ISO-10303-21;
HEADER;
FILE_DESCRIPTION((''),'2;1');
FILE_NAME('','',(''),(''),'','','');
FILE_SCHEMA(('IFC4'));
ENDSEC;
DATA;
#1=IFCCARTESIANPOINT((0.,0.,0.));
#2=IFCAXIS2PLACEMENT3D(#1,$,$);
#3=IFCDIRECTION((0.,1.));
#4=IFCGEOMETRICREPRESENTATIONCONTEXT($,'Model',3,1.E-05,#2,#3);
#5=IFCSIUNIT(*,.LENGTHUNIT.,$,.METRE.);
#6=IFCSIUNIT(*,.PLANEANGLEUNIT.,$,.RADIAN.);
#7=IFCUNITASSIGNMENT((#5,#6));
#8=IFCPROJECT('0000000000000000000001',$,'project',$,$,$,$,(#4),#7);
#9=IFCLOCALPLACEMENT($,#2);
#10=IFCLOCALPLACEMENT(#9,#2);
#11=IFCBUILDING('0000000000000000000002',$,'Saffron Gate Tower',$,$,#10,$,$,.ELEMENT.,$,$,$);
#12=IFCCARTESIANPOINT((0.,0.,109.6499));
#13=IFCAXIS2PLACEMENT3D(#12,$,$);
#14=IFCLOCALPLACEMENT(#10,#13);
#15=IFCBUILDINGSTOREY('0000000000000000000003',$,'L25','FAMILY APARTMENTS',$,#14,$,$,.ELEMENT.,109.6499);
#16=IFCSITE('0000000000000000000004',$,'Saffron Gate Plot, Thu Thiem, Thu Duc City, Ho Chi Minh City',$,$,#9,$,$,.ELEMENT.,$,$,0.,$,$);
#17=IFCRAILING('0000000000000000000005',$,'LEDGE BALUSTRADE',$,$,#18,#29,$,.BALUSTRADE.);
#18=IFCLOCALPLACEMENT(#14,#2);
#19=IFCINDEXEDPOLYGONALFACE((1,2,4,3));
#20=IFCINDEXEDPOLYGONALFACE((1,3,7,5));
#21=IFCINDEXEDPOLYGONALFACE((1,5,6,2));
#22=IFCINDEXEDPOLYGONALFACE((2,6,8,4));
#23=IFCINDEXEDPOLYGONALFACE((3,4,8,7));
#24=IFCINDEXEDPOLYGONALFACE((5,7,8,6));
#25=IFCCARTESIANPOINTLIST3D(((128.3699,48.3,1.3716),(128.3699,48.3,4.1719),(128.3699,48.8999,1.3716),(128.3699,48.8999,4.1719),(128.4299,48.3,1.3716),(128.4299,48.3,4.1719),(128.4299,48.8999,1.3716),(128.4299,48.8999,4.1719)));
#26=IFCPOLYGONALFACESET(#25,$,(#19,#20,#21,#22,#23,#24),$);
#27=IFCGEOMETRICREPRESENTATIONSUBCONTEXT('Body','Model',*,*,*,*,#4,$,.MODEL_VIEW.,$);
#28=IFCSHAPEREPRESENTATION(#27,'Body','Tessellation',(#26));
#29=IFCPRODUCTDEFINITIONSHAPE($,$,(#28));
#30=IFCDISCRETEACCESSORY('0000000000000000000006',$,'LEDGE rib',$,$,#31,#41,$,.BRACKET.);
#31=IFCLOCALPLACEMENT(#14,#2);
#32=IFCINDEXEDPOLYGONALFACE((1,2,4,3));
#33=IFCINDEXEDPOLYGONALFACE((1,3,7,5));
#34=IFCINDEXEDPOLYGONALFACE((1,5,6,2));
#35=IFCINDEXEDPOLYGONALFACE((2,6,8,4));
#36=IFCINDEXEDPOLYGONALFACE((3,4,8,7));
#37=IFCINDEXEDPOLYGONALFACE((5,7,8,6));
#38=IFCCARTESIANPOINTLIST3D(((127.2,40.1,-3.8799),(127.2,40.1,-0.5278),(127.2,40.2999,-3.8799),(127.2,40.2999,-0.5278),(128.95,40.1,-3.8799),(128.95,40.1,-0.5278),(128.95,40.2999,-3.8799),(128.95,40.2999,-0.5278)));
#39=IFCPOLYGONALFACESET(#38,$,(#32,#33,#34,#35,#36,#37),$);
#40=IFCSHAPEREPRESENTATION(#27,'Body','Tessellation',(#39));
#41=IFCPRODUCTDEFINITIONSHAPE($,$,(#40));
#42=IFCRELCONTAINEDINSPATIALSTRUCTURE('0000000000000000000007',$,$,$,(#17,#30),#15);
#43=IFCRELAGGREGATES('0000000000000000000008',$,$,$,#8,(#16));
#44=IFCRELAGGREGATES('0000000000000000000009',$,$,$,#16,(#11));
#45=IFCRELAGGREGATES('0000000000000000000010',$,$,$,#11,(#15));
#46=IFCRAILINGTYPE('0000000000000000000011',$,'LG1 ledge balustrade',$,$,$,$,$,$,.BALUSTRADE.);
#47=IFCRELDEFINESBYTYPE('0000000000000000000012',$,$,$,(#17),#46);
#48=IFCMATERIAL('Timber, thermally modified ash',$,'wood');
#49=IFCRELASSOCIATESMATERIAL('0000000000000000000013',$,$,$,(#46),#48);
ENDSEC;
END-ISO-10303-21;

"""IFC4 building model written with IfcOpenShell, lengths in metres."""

from ifc_helpers import new_model, si_unit, direction, frame, origin, origin_2d, place, context, subcontext, project, spatial, rectangle, extrude, material, type_object, element, save


model = new_model("IFC4")

# Units and contexts
model_context = context("Model", 3, precision=1e-05, world=origin(), true_north=direction((0.0, 1.0)))
body_context = subcontext(model_context, "Body", "Model", "MODEL_VIEW")
ifc_project = project(units=[si_unit("LENGTHUNIT", "METRE"), si_unit("PLANEANGLEUNIT", "RADIAN")], contexts=[model_context])

# Site, building, storey
site_placement = place(None, origin())
site = spatial("IfcSite", under=ifc_project, at=site_placement, Name="Saffron Gate Plot, Thu Thiem, Thu Duc City, Ho Chi Minh City", CompositionType="ELEMENT", RefElevation=0.0)
building_placement = place(site_placement, origin())
building = spatial("IfcBuilding", under=site, at=building_placement, Name="Saffron Gate Tower", CompositionType="ELEMENT")
storey_placement = place(building_placement, frame((0.0, 0.0, 109.6499)))
storey = spatial("IfcBuildingStorey", under=building, at=storey_placement, Name="L25", Description="FAMILY APARTMENTS", CompositionType="ELEMENT", Elevation=109.6499)

# Shared definitions
ifc_material_1 = material(Name="Timber, thermally modified ash", Category="wood")

# Railing
railing_type = type_object("IfcRailingType", Name="LG1 ledge balustrade", PredefinedType="BALUSTRADE", material=ifc_material_1)
railing_1_placement = place(storey_placement, frame((128.3999, 48.3, 1.3716)))
element("IfcRailing", 1, at=railing_1_placement, inside=storey, type_object=railing_type, Name="LEDGE BALUSTRADE", PredefinedType="BALUSTRADE", context=body_context, shape_type="SweptSolid", body=[
    extrude(rectangle(XDim=0.0601, YDim=2.8003, at=origin_2d()), frame((0.0, 0.0, 1.4001), z_axis=(0.0, 1.0, 0.0), x_axis=(-1.0, 0.0, 0.0)), (0.0, 0.0, 1.0), 0.5999),
])

# Discrete accessory
discrete_accessory_placement = place(storey_placement, frame((128.075, 40.2, -3.8799), z_axis=(0.0, 0.0, 1.0), x_axis=(0.0, 1.0, 0.0)))
element("IfcDiscreteAccessory", 2, at=discrete_accessory_placement, inside=storey, Name="LEDGE rib", PredefinedType="BRACKET", context=body_context, shape_type="SweptSolid", body=[
    extrude(rectangle(XDim=0.2, YDim=1.75, at=origin_2d()), origin(), (0.0, 0.0, 1.0), 3.3521),
])

save(model, "model.ifc")
